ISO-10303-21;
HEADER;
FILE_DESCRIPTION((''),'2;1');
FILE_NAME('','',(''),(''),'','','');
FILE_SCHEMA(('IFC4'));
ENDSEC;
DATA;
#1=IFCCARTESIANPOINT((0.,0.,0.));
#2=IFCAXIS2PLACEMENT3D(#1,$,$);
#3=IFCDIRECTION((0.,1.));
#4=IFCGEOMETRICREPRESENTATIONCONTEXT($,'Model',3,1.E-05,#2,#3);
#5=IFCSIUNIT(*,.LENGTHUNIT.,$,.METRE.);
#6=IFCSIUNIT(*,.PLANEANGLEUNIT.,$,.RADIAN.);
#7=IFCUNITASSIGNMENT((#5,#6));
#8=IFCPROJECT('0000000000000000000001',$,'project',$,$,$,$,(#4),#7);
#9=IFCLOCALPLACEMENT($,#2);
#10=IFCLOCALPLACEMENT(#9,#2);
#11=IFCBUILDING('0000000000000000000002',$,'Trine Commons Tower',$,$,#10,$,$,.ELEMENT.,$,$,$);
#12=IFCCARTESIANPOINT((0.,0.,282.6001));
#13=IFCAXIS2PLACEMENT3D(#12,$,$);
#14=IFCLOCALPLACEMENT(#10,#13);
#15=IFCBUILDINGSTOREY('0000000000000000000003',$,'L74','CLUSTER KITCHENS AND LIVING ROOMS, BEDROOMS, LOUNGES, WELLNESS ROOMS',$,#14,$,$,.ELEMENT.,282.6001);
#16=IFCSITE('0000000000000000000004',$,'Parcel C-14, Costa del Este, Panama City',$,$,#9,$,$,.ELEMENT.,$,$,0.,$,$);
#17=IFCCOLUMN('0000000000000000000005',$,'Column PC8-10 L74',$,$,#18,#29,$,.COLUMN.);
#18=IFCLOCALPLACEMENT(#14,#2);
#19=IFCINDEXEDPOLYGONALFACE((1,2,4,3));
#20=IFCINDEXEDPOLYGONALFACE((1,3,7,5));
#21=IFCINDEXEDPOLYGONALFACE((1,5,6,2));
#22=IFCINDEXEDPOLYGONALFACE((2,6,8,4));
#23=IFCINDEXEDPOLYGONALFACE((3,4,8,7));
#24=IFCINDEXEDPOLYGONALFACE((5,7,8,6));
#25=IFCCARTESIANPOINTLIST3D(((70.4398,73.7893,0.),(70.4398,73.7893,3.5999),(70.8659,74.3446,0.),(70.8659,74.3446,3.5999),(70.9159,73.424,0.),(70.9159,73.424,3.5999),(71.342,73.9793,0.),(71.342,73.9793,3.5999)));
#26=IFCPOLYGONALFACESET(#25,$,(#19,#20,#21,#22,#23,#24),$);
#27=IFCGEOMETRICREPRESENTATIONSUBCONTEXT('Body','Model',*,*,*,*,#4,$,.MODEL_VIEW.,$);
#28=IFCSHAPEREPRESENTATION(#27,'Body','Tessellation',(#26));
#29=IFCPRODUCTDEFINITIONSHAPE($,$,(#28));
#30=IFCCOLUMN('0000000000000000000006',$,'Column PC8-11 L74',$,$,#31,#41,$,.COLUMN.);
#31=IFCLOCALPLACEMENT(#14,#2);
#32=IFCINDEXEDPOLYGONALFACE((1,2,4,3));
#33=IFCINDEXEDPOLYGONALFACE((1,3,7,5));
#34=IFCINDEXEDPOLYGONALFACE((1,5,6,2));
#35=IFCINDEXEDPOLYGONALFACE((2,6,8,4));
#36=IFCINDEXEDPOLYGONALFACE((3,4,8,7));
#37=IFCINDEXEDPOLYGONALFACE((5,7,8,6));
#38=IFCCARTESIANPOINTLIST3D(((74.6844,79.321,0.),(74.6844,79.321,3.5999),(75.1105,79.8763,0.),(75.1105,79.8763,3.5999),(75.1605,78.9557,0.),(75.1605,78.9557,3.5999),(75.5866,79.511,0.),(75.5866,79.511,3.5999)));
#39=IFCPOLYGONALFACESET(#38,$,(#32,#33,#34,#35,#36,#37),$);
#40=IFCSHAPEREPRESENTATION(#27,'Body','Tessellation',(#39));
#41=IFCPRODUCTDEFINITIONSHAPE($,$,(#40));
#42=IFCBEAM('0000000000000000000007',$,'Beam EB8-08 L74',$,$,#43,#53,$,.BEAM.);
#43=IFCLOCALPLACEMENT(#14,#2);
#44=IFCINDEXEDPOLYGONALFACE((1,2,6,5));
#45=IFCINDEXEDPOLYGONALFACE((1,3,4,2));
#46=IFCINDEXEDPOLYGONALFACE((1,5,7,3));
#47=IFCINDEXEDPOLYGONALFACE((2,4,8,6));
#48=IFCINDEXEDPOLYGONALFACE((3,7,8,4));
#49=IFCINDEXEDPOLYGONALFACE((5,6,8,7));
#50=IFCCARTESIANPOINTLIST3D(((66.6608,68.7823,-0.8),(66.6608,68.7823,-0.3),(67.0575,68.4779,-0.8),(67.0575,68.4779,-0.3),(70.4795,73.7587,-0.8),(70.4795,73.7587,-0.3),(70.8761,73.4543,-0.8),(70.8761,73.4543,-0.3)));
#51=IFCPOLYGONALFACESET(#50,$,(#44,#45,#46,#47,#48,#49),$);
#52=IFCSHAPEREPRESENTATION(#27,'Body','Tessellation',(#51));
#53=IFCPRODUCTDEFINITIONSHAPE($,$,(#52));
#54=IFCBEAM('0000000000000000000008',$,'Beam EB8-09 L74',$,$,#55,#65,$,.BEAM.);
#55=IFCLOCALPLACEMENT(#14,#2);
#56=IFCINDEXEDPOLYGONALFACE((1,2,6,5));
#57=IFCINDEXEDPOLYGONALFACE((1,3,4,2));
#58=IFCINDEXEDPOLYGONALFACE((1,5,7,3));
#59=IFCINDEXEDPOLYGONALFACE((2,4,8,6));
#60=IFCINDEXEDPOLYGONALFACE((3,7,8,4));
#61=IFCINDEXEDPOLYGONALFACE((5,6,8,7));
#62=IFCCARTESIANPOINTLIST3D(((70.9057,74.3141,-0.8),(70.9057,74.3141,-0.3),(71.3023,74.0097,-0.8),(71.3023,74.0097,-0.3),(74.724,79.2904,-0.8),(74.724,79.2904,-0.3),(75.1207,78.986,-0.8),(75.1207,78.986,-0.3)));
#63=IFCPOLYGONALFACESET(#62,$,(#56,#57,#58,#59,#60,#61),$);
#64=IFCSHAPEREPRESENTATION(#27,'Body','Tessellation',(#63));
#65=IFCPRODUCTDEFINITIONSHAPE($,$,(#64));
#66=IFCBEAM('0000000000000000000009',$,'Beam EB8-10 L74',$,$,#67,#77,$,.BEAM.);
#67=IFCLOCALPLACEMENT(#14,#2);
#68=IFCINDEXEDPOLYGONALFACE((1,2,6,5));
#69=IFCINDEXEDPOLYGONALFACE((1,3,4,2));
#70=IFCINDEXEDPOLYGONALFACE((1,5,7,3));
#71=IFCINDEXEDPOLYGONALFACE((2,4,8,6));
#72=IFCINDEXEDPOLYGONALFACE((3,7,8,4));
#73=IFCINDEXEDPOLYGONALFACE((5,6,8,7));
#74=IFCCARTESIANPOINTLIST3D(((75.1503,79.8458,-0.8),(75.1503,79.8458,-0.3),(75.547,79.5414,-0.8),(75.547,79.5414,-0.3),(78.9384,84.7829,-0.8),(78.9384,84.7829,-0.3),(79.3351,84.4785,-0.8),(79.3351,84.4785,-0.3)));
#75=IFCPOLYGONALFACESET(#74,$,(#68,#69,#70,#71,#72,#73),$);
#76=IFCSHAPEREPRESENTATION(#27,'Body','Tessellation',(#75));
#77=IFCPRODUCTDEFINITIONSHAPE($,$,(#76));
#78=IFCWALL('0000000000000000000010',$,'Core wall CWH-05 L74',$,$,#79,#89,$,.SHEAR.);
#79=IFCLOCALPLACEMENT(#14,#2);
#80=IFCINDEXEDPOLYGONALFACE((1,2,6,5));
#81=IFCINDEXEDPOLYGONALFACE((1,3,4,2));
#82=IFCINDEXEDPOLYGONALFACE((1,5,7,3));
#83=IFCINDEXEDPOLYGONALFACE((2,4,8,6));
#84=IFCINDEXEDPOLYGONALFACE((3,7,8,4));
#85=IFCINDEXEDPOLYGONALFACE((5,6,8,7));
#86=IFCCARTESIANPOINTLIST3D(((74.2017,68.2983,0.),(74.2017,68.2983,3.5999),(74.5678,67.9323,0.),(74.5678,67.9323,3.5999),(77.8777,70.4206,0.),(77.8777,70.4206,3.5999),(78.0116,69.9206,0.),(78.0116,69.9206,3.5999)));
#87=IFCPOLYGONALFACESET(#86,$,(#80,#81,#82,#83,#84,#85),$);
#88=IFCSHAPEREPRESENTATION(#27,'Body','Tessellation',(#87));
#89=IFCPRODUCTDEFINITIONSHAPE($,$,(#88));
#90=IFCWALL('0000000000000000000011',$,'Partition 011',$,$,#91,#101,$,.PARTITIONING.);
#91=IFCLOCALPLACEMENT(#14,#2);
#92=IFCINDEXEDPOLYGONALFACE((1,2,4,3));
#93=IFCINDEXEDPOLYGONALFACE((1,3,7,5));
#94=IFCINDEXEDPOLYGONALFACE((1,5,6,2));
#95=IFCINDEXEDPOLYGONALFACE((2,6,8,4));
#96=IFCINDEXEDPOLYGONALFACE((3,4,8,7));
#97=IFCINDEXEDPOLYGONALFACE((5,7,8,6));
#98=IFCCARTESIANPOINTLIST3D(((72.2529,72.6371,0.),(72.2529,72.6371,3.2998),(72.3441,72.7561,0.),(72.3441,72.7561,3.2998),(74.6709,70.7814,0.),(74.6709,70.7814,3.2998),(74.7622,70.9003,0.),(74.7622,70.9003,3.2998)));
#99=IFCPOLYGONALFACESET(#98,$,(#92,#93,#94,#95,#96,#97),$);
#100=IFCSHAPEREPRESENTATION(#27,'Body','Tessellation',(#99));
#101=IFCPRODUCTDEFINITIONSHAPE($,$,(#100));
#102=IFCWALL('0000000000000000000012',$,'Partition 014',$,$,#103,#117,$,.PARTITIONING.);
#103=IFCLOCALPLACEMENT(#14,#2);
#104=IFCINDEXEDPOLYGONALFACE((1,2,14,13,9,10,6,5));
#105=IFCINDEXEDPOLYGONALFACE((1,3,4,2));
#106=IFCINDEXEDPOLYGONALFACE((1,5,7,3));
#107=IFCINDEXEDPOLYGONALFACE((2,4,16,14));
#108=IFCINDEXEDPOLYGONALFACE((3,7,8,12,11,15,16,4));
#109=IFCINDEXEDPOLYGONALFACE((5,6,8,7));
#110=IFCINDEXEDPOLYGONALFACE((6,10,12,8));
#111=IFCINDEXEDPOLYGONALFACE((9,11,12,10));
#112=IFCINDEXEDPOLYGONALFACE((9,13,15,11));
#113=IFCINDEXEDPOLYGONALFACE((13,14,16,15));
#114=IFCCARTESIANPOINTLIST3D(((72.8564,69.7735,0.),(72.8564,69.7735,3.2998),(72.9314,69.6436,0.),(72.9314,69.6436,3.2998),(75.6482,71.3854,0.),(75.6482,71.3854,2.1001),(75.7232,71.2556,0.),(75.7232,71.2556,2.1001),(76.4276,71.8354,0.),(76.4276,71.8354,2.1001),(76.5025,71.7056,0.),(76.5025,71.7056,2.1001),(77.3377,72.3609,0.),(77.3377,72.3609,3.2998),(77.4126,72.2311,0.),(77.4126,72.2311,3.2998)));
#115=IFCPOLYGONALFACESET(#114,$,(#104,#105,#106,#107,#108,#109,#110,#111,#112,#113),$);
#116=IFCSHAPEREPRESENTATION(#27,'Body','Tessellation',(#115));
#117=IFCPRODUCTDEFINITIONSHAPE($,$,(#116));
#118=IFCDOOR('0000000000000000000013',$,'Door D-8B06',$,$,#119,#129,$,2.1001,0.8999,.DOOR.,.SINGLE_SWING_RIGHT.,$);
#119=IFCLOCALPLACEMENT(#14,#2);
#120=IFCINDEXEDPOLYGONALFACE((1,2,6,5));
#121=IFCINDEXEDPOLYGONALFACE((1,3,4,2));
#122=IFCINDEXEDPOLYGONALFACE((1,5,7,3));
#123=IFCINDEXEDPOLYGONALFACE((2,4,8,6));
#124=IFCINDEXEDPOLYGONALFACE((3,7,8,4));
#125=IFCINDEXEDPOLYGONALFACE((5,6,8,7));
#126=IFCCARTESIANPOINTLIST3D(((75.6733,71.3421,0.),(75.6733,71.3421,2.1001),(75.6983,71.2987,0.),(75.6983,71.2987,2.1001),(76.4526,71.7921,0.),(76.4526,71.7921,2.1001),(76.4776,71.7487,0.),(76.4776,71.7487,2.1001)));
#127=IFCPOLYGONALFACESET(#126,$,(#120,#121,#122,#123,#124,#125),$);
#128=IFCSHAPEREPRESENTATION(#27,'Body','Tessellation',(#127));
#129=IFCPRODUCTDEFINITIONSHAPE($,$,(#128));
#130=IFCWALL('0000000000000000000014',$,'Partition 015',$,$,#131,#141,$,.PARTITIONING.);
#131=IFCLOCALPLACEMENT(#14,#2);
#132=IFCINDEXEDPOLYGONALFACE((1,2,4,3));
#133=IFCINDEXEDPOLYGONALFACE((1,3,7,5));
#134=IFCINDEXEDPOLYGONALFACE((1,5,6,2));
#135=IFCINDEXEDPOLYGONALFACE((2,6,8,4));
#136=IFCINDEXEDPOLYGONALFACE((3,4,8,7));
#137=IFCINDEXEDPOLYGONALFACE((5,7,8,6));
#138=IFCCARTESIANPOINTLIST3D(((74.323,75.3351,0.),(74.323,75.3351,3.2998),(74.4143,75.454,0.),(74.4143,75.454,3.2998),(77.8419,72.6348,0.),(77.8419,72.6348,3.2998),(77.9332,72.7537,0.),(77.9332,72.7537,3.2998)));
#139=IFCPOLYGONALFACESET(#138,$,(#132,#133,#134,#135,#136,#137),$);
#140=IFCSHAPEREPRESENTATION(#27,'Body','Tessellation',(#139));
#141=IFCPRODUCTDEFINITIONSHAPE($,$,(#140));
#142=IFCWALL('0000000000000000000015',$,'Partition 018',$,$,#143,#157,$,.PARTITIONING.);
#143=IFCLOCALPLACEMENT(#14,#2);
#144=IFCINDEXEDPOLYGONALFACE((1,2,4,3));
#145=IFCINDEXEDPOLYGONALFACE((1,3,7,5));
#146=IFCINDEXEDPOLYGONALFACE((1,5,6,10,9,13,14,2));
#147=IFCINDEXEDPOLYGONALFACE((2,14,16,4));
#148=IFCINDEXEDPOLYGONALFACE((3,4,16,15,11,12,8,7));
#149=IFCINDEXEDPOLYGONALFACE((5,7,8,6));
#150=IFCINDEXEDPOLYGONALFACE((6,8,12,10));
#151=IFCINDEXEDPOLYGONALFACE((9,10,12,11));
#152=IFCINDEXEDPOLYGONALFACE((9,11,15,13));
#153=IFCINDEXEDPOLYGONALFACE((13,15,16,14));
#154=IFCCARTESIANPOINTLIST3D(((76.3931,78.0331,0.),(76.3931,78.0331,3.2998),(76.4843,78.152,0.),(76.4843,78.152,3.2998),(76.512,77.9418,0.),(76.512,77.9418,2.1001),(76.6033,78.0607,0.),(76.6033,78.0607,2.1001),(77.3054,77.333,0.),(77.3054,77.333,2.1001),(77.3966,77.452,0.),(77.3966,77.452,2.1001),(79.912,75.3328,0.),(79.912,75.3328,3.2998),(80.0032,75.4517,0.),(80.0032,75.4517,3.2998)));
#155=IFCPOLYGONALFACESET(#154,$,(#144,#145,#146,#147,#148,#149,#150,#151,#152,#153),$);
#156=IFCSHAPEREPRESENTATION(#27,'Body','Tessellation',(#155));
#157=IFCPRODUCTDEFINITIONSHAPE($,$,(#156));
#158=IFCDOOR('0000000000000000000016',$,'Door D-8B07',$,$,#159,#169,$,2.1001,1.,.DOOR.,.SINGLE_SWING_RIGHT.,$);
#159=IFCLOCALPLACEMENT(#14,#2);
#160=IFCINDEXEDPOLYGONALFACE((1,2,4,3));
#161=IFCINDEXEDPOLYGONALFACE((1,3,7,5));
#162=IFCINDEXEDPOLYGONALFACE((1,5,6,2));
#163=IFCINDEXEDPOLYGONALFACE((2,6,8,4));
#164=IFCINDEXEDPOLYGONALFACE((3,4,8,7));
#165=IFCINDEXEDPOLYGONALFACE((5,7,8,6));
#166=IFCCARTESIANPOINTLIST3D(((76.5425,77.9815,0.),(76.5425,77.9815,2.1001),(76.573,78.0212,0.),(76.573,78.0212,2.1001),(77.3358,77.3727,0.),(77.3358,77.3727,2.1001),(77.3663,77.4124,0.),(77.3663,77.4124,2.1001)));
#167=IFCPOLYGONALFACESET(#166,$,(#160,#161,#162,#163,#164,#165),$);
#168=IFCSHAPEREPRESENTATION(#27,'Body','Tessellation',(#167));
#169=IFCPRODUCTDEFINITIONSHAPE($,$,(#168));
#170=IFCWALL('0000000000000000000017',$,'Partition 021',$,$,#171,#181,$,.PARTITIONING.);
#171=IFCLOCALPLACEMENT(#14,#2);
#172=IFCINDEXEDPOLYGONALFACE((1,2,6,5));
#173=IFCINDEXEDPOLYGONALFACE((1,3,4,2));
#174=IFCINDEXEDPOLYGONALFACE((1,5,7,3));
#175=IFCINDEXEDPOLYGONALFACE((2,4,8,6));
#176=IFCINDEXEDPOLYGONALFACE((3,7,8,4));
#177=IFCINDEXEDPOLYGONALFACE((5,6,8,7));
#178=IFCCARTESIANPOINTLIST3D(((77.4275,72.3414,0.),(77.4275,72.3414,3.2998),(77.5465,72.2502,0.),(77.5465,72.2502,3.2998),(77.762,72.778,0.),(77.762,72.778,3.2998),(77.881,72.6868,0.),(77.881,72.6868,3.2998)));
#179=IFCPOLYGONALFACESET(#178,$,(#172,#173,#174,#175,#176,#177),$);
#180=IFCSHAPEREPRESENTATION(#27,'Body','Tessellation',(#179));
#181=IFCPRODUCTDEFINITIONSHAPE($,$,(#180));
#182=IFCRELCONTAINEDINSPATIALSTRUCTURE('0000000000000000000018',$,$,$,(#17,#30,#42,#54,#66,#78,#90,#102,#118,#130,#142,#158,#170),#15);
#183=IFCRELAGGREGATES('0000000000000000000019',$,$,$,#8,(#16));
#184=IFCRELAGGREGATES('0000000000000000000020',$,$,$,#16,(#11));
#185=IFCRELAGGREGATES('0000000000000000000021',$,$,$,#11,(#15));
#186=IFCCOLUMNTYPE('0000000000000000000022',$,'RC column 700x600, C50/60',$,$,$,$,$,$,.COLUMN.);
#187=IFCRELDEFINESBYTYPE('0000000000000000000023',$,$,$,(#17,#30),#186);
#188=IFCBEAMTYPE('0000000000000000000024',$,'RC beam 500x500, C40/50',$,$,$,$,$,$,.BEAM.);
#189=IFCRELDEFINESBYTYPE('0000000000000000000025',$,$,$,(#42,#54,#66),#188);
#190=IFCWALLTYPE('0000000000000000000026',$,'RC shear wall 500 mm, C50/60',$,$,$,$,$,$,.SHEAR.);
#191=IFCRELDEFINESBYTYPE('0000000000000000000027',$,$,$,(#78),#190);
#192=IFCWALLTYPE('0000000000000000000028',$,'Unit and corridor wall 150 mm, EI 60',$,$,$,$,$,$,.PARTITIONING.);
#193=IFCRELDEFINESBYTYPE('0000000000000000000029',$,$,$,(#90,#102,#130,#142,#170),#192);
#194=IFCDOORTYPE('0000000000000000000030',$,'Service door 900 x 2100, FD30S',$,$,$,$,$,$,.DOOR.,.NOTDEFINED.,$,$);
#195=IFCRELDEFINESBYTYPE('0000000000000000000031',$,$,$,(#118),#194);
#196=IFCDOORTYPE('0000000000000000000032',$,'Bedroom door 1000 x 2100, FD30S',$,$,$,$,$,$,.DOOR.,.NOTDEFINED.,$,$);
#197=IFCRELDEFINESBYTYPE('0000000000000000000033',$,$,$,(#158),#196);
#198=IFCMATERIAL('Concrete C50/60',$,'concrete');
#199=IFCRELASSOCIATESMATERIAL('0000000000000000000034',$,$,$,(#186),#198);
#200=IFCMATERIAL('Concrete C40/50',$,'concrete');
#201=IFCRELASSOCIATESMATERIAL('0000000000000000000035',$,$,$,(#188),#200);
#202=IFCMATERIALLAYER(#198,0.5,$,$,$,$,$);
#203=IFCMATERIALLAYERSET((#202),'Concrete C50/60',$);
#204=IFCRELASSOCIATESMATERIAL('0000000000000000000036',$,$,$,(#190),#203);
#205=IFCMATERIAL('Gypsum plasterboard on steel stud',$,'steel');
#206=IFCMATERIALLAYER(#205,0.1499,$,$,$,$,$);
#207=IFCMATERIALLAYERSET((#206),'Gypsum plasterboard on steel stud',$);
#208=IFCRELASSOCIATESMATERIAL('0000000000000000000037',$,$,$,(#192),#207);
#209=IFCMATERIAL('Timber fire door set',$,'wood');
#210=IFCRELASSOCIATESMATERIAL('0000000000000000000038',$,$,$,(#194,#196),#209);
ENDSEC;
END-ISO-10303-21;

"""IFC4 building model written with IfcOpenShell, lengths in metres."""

from ifc_helpers import new_model, si_unit, direction, frame, frame_2d, origin, origin_2d, place, context, subcontext, project, spatial, polyline, rectangle, outline, extrude, material, layer, layer_set, material_profile, profile_set, type_object, element, fill, save


model = new_model("IFC4")

# Units and contexts
model_context = context("Model", 3, precision=1e-05, world=origin(), true_north=direction((0.0, 1.0)))
body_context = subcontext(model_context, "Body", "Model", "MODEL_VIEW")
ifc_project = project(units=[si_unit("LENGTHUNIT", "METRE"), si_unit("PLANEANGLEUNIT", "RADIAN")], contexts=[model_context])

# Site, building, storey
site_placement = place(None, origin())
site = spatial("IfcSite", under=ifc_project, at=site_placement, Name="Parcel C-14, Costa del Este, Panama City", CompositionType="ELEMENT", RefElevation=0.0)
building_placement = place(site_placement, origin())
building = spatial("IfcBuilding", under=site, at=building_placement, Name="Trine Commons Tower", CompositionType="ELEMENT")
storey_placement = place(building_placement, frame((0.0, 0.0, 282.6001)))
storey = spatial("IfcBuildingStorey", under=building, at=storey_placement, Name="L74", Description="CLUSTER KITCHENS AND LIVING ROOMS, BEDROOMS, LOUNGES, WELLNESS ROOMS", CompositionType="ELEMENT", Elevation=282.6001)

# Columns
ifc_material_1 = material(Name="Concrete C50/60", Category="concrete")
ifc_material_profile_1 = material_profile(ifc_material_1, rectangle(XDim=0.7, YDim=0.6001, at=origin_2d()), Name="RC 700x600")
ifc_profile_set_1 = profile_set([ifc_material_profile_1], Name="Concrete C50/60")
column_type = type_object("IfcColumnType", Name="RC column 700x600, C50/60", PredefinedType="COLUMN", material=ifc_profile_set_1)
for number, where, z_axis, x_axis, name in (
    (1, (70.8909, 73.8843, 0.0), (0.0, 0.0, 1.0), (0.608761, 0.793353, 0.0), "Column PC8-10 L74"),
    (2, (75.1355, 79.416, 0.0), (0.0, 0.0, 1.0), (0.608761, 0.793353, 0.0), "Column PC8-11 L74"),
):
    element("IfcColumn", number, at=place(storey_placement, frame(where, z_axis=z_axis, x_axis=x_axis)), inside=storey, type_object=column_type, Name=name, PredefinedType="COLUMN", context=body_context, shape_type="SweptSolid", body=[
        extrude(rectangle(XDim=0.7, YDim=0.6001, at=origin_2d()), origin(), (0.0, 0.0, 1.0), 3.5999),
    ])

# Beams
ifc_material_2 = material(Name="Concrete C40/50", Category="concrete")
ifc_material_profile_2 = material_profile(ifc_material_2, rectangle(XDim=0.5, YDim=0.5, at=origin_2d()), Name="RC 500x500")
ifc_profile_set_2 = profile_set([ifc_material_profile_2], Name="Concrete C40/50")
beam_type = type_object("IfcBeamType", Name="RC beam 500x500, C40/50", PredefinedType="BEAM", material=ifc_profile_set_2)
beam_1_placement = place(storey_placement, frame((66.8591, 68.6301, -0.55), z_axis=(0.608775, 0.793343, 0.0), x_axis=(-0.793343, 0.608775, 0.0)))
element("IfcBeam", 3, at=beam_1_placement, inside=storey, type_object=beam_type, Name="Beam EB8-08 L74", PredefinedType="BEAM", context=body_context, shape_type="SweptSolid", body=[
    extrude(rectangle(XDim=0.5, YDim=0.5, at=origin_2d()), origin(), (0.0, 0.0, 1.0), 6.2727),
])
beam_2_placement = place(storey_placement, frame((71.104, 74.1619, -0.55), z_axis=(0.608751, 0.793361, 0.0), x_axis=(-0.793361, 0.608751, 0.0)))
element("IfcBeam", 4, at=beam_2_placement, inside=storey, type_object=beam_type, Name="Beam EB8-09 L74", PredefinedType="BEAM", context=body_context, shape_type="SweptSolid", body=[
    extrude(rectangle(XDim=0.5, YDim=0.5, at=origin_2d()), origin(), (0.0, 0.0, 1.0), 6.2725),
])
beam_3_placement = place(storey_placement, frame((75.3486, 79.6936, -0.55), z_axis=(0.60874, 0.79337, 0.0), x_axis=(-0.79337, 0.60874, 0.0)))
element("IfcBeam", 5, at=beam_3_placement, inside=storey, type_object=beam_type, Name="Beam EB8-10 L74", PredefinedType="BEAM", context=body_context, shape_type="SweptSolid", body=[
    extrude(rectangle(XDim=0.5, YDim=0.5, at=origin_2d()), origin(), (0.0, 0.0, 1.0), 6.2229),
])

# Walls
ifc_layer_1 = layer(ifc_material_1, 0.5)
ifc_layer_set_1 = layer_set([ifc_layer_1], Name="Concrete C50/60")
wall_type_1 = type_object("IfcWallType", Name="RC shear wall 500 mm, C50/60", PredefinedType="SHEAR", material=ifc_layer_set_1)
wall_1_placement = place(storey_placement, frame((78.0027, 70.2041, 0.0), z_axis=(0.0, 0.0, 1.0), x_axis=(-0.866029, -0.499993, 0.0)))
element("IfcWall", 6, at=wall_1_placement, inside=storey, type_object=wall_type_1, Name="Core wall CWH-05 L74", PredefinedType="SHEAR", context=body_context, shape_type="SweptSolid", body=[
    extrude(outline(polyline([(0.0, -0.25), (4.2446, -0.25), (4.1106, 0.25), (0.134, 0.25), (0.0, -0.25)])), origin(), (0.0, 0.0, 1.0), 3.5999),
])
ifc_material_3 = material(Name="Gypsum plasterboard on steel stud", Category="steel")
ifc_layer_2 = layer(ifc_material_3, 0.1499)
ifc_layer_set_2 = layer_set([ifc_layer_2], Name="Gypsum plasterboard on steel stud")
wall_type_2 = type_object("IfcWallType", Name="Unit and corridor wall 150 mm, EI 60", PredefinedType="PARTITIONING", material=ifc_layer_set_2)
wall_2_placement = place(storey_placement, frame((72.2986, 72.6965, 0.0), z_axis=(0.0, 0.0, 1.0), x_axis=(0.793299, -0.608832, 0.0)))
element("IfcWall", 7, at=wall_2_placement, inside=storey, type_object=wall_type_2, Name="Partition 011", PredefinedType="PARTITIONING", context=body_context, shape_type="SweptSolid", body=[
    extrude(rectangle(XDim=3.0481, YDim=0.1499, at=frame_2d((1.5239, 0.0))), origin(), (0.0, 0.0, 1.0), 3.2998),
])

# Wall, opening, door
wall_3_placement = place(storey_placement, frame((72.8938, 69.7085, 0.0), z_axis=(0.0, 0.0, 1.0), x_axis=(0.86601, 0.500026, 0.0)))
wall_3 = element("IfcWall", 8, at=wall_3_placement, inside=storey, type_object=wall_type_2, Name="Partition 014", PredefinedType="PARTITIONING", context=body_context, shape_type="SweptSolid", body=[
    extrude(rectangle(XDim=5.1746, YDim=0.1499, at=frame_2d((2.5874, 0.0))), origin(), (0.0, 0.0, 1.0), 3.2998),
])
opening_1_placement = place(wall_3_placement, frame((3.2239, 0.0, 0.0)))
opening_1 = element("IfcOpeningElement", 9, at=opening_1_placement, cuts=wall_3, PredefinedType="OPENING", context=body_context, shape_type="SweptSolid", body=[
    extrude(rectangle(XDim=0.8999, YDim=2.1001, at=frame_2d((0.45, 1.05))), frame((0.0, 0.085, 0.0), z_axis=(0.0, -1.0, 0.0), x_axis=(1.0, 0.0, 0.0)), (0.0, 0.0, 1.0), 0.1699),
])
ifc_material_4 = material(Name="Timber fire door set", Category="wood")
door_type_1 = type_object("IfcDoorType", Name="Service door 900 x 2100, FD30S", OperationType="NOTDEFINED", PredefinedType="DOOR", material=ifc_material_4)
door_1_placement = place(opening_1_placement, origin())
door_1 = element("IfcDoor", 10, at=door_1_placement, inside=storey, type_object=door_type_1, Name="Door D-8B06", OperationType="SINGLE_SWING_RIGHT", OverallHeight=2.1001, OverallWidth=0.8999, PredefinedType="DOOR", context=body_context, shape_type="SweptSolid", body=[
    extrude(rectangle(XDim=0.8999, YDim=2.1001, at=frame_2d((0.45, 1.05))), frame((0.0, 0.0249, 0.0), z_axis=(0.0, -1.0, 0.0), x_axis=(1.0, 0.0, 0.0)), (0.0, 0.0, 1.0), 0.05),
])
fill(opening_1, door_1)

# Wall
wall_4_placement = place(storey_placement, frame((74.3687, 75.3945, 0.0), z_axis=(0.0, 0.0, 1.0), x_axis=(0.79334, -0.608779, 0.0)))
element("IfcWall", 11, at=wall_4_placement, inside=storey, type_object=wall_type_2, Name="Partition 015", PredefinedType="PARTITIONING", context=body_context, shape_type="SweptSolid", body=[
    extrude(rectangle(XDim=4.4355, YDim=0.1499, at=frame_2d((2.2178, 0.0))), origin(), (0.0, 0.0, 1.0), 3.2998),
])

# Wall, opening, door
wall_5_placement = place(storey_placement, frame((76.4387, 78.0925, 0.0), z_axis=(0.0, 0.0, 1.0), x_axis=(0.79334, -0.608779, 0.0)))
wall_5 = element("IfcWall", 12, at=wall_5_placement, inside=storey, type_object=wall_type_2, Name="Partition 018", PredefinedType="PARTITIONING", context=body_context, shape_type="SweptSolid", body=[
    extrude(rectangle(XDim=4.4355, YDim=0.1499, at=frame_2d((2.2178, 0.0))), origin(), (0.0, 0.0, 1.0), 3.2998),
])
opening_2_placement = place(wall_5_placement, frame((0.1499, 0.0, 0.0)))
opening_2 = element("IfcOpeningElement", 13, at=opening_2_placement, cuts=wall_5, PredefinedType="OPENING", context=body_context, shape_type="SweptSolid", body=[
    extrude(rectangle(XDim=1.0, YDim=2.1001, at=frame_2d((0.5, 1.05))), frame((0.0, 0.085, 0.0), z_axis=(0.0, -1.0, 0.0), x_axis=(1.0, 0.0, 0.0)), (0.0, 0.0, 1.0), 0.1699),
])
door_type_2 = type_object("IfcDoorType", Name="Bedroom door 1000 x 2100, FD30S", OperationType="NOTDEFINED", PredefinedType="DOOR", material=ifc_material_4)
door_2_placement = place(opening_2_placement, frame((1.0, 0.0, 0.0), z_axis=(0.0, 0.0, 1.0), x_axis=(-1.0, 0.0, 0.0)))
door_2 = element("IfcDoor", 14, at=door_2_placement, inside=storey, type_object=door_type_2, Name="Door D-8B07", OperationType="SINGLE_SWING_RIGHT", OverallHeight=2.1001, OverallWidth=1.0, PredefinedType="DOOR", context=body_context, shape_type="SweptSolid", body=[
    extrude(rectangle(XDim=1.0, YDim=2.1001, at=frame_2d((0.5, 1.05))), frame((0.0, 0.0249, 0.0), z_axis=(0.0, -1.0, 0.0), x_axis=(1.0, 0.0, 0.0)), (0.0, 0.0, 1.0), 0.05),
])
fill(opening_2, door_2)

# Wall
wall_6_placement = place(storey_placement, frame((77.4871, 72.2959, 0.0), z_axis=(0.0, 0.0, 1.0), x_axis=(0.608208, 0.793778, 0.0)))
element("IfcWall", 15, at=wall_6_placement, inside=storey, type_object=wall_type_2, Name="Partition 021", PredefinedType="PARTITIONING", context=body_context, shape_type="SweptSolid", body=[
    extrude(rectangle(XDim=0.55, YDim=0.1499, at=frame_2d((0.2749, 0.0))), origin(), (0.0, 0.0, 1.0), 3.2998),
])

save(model, "model.ifc")
